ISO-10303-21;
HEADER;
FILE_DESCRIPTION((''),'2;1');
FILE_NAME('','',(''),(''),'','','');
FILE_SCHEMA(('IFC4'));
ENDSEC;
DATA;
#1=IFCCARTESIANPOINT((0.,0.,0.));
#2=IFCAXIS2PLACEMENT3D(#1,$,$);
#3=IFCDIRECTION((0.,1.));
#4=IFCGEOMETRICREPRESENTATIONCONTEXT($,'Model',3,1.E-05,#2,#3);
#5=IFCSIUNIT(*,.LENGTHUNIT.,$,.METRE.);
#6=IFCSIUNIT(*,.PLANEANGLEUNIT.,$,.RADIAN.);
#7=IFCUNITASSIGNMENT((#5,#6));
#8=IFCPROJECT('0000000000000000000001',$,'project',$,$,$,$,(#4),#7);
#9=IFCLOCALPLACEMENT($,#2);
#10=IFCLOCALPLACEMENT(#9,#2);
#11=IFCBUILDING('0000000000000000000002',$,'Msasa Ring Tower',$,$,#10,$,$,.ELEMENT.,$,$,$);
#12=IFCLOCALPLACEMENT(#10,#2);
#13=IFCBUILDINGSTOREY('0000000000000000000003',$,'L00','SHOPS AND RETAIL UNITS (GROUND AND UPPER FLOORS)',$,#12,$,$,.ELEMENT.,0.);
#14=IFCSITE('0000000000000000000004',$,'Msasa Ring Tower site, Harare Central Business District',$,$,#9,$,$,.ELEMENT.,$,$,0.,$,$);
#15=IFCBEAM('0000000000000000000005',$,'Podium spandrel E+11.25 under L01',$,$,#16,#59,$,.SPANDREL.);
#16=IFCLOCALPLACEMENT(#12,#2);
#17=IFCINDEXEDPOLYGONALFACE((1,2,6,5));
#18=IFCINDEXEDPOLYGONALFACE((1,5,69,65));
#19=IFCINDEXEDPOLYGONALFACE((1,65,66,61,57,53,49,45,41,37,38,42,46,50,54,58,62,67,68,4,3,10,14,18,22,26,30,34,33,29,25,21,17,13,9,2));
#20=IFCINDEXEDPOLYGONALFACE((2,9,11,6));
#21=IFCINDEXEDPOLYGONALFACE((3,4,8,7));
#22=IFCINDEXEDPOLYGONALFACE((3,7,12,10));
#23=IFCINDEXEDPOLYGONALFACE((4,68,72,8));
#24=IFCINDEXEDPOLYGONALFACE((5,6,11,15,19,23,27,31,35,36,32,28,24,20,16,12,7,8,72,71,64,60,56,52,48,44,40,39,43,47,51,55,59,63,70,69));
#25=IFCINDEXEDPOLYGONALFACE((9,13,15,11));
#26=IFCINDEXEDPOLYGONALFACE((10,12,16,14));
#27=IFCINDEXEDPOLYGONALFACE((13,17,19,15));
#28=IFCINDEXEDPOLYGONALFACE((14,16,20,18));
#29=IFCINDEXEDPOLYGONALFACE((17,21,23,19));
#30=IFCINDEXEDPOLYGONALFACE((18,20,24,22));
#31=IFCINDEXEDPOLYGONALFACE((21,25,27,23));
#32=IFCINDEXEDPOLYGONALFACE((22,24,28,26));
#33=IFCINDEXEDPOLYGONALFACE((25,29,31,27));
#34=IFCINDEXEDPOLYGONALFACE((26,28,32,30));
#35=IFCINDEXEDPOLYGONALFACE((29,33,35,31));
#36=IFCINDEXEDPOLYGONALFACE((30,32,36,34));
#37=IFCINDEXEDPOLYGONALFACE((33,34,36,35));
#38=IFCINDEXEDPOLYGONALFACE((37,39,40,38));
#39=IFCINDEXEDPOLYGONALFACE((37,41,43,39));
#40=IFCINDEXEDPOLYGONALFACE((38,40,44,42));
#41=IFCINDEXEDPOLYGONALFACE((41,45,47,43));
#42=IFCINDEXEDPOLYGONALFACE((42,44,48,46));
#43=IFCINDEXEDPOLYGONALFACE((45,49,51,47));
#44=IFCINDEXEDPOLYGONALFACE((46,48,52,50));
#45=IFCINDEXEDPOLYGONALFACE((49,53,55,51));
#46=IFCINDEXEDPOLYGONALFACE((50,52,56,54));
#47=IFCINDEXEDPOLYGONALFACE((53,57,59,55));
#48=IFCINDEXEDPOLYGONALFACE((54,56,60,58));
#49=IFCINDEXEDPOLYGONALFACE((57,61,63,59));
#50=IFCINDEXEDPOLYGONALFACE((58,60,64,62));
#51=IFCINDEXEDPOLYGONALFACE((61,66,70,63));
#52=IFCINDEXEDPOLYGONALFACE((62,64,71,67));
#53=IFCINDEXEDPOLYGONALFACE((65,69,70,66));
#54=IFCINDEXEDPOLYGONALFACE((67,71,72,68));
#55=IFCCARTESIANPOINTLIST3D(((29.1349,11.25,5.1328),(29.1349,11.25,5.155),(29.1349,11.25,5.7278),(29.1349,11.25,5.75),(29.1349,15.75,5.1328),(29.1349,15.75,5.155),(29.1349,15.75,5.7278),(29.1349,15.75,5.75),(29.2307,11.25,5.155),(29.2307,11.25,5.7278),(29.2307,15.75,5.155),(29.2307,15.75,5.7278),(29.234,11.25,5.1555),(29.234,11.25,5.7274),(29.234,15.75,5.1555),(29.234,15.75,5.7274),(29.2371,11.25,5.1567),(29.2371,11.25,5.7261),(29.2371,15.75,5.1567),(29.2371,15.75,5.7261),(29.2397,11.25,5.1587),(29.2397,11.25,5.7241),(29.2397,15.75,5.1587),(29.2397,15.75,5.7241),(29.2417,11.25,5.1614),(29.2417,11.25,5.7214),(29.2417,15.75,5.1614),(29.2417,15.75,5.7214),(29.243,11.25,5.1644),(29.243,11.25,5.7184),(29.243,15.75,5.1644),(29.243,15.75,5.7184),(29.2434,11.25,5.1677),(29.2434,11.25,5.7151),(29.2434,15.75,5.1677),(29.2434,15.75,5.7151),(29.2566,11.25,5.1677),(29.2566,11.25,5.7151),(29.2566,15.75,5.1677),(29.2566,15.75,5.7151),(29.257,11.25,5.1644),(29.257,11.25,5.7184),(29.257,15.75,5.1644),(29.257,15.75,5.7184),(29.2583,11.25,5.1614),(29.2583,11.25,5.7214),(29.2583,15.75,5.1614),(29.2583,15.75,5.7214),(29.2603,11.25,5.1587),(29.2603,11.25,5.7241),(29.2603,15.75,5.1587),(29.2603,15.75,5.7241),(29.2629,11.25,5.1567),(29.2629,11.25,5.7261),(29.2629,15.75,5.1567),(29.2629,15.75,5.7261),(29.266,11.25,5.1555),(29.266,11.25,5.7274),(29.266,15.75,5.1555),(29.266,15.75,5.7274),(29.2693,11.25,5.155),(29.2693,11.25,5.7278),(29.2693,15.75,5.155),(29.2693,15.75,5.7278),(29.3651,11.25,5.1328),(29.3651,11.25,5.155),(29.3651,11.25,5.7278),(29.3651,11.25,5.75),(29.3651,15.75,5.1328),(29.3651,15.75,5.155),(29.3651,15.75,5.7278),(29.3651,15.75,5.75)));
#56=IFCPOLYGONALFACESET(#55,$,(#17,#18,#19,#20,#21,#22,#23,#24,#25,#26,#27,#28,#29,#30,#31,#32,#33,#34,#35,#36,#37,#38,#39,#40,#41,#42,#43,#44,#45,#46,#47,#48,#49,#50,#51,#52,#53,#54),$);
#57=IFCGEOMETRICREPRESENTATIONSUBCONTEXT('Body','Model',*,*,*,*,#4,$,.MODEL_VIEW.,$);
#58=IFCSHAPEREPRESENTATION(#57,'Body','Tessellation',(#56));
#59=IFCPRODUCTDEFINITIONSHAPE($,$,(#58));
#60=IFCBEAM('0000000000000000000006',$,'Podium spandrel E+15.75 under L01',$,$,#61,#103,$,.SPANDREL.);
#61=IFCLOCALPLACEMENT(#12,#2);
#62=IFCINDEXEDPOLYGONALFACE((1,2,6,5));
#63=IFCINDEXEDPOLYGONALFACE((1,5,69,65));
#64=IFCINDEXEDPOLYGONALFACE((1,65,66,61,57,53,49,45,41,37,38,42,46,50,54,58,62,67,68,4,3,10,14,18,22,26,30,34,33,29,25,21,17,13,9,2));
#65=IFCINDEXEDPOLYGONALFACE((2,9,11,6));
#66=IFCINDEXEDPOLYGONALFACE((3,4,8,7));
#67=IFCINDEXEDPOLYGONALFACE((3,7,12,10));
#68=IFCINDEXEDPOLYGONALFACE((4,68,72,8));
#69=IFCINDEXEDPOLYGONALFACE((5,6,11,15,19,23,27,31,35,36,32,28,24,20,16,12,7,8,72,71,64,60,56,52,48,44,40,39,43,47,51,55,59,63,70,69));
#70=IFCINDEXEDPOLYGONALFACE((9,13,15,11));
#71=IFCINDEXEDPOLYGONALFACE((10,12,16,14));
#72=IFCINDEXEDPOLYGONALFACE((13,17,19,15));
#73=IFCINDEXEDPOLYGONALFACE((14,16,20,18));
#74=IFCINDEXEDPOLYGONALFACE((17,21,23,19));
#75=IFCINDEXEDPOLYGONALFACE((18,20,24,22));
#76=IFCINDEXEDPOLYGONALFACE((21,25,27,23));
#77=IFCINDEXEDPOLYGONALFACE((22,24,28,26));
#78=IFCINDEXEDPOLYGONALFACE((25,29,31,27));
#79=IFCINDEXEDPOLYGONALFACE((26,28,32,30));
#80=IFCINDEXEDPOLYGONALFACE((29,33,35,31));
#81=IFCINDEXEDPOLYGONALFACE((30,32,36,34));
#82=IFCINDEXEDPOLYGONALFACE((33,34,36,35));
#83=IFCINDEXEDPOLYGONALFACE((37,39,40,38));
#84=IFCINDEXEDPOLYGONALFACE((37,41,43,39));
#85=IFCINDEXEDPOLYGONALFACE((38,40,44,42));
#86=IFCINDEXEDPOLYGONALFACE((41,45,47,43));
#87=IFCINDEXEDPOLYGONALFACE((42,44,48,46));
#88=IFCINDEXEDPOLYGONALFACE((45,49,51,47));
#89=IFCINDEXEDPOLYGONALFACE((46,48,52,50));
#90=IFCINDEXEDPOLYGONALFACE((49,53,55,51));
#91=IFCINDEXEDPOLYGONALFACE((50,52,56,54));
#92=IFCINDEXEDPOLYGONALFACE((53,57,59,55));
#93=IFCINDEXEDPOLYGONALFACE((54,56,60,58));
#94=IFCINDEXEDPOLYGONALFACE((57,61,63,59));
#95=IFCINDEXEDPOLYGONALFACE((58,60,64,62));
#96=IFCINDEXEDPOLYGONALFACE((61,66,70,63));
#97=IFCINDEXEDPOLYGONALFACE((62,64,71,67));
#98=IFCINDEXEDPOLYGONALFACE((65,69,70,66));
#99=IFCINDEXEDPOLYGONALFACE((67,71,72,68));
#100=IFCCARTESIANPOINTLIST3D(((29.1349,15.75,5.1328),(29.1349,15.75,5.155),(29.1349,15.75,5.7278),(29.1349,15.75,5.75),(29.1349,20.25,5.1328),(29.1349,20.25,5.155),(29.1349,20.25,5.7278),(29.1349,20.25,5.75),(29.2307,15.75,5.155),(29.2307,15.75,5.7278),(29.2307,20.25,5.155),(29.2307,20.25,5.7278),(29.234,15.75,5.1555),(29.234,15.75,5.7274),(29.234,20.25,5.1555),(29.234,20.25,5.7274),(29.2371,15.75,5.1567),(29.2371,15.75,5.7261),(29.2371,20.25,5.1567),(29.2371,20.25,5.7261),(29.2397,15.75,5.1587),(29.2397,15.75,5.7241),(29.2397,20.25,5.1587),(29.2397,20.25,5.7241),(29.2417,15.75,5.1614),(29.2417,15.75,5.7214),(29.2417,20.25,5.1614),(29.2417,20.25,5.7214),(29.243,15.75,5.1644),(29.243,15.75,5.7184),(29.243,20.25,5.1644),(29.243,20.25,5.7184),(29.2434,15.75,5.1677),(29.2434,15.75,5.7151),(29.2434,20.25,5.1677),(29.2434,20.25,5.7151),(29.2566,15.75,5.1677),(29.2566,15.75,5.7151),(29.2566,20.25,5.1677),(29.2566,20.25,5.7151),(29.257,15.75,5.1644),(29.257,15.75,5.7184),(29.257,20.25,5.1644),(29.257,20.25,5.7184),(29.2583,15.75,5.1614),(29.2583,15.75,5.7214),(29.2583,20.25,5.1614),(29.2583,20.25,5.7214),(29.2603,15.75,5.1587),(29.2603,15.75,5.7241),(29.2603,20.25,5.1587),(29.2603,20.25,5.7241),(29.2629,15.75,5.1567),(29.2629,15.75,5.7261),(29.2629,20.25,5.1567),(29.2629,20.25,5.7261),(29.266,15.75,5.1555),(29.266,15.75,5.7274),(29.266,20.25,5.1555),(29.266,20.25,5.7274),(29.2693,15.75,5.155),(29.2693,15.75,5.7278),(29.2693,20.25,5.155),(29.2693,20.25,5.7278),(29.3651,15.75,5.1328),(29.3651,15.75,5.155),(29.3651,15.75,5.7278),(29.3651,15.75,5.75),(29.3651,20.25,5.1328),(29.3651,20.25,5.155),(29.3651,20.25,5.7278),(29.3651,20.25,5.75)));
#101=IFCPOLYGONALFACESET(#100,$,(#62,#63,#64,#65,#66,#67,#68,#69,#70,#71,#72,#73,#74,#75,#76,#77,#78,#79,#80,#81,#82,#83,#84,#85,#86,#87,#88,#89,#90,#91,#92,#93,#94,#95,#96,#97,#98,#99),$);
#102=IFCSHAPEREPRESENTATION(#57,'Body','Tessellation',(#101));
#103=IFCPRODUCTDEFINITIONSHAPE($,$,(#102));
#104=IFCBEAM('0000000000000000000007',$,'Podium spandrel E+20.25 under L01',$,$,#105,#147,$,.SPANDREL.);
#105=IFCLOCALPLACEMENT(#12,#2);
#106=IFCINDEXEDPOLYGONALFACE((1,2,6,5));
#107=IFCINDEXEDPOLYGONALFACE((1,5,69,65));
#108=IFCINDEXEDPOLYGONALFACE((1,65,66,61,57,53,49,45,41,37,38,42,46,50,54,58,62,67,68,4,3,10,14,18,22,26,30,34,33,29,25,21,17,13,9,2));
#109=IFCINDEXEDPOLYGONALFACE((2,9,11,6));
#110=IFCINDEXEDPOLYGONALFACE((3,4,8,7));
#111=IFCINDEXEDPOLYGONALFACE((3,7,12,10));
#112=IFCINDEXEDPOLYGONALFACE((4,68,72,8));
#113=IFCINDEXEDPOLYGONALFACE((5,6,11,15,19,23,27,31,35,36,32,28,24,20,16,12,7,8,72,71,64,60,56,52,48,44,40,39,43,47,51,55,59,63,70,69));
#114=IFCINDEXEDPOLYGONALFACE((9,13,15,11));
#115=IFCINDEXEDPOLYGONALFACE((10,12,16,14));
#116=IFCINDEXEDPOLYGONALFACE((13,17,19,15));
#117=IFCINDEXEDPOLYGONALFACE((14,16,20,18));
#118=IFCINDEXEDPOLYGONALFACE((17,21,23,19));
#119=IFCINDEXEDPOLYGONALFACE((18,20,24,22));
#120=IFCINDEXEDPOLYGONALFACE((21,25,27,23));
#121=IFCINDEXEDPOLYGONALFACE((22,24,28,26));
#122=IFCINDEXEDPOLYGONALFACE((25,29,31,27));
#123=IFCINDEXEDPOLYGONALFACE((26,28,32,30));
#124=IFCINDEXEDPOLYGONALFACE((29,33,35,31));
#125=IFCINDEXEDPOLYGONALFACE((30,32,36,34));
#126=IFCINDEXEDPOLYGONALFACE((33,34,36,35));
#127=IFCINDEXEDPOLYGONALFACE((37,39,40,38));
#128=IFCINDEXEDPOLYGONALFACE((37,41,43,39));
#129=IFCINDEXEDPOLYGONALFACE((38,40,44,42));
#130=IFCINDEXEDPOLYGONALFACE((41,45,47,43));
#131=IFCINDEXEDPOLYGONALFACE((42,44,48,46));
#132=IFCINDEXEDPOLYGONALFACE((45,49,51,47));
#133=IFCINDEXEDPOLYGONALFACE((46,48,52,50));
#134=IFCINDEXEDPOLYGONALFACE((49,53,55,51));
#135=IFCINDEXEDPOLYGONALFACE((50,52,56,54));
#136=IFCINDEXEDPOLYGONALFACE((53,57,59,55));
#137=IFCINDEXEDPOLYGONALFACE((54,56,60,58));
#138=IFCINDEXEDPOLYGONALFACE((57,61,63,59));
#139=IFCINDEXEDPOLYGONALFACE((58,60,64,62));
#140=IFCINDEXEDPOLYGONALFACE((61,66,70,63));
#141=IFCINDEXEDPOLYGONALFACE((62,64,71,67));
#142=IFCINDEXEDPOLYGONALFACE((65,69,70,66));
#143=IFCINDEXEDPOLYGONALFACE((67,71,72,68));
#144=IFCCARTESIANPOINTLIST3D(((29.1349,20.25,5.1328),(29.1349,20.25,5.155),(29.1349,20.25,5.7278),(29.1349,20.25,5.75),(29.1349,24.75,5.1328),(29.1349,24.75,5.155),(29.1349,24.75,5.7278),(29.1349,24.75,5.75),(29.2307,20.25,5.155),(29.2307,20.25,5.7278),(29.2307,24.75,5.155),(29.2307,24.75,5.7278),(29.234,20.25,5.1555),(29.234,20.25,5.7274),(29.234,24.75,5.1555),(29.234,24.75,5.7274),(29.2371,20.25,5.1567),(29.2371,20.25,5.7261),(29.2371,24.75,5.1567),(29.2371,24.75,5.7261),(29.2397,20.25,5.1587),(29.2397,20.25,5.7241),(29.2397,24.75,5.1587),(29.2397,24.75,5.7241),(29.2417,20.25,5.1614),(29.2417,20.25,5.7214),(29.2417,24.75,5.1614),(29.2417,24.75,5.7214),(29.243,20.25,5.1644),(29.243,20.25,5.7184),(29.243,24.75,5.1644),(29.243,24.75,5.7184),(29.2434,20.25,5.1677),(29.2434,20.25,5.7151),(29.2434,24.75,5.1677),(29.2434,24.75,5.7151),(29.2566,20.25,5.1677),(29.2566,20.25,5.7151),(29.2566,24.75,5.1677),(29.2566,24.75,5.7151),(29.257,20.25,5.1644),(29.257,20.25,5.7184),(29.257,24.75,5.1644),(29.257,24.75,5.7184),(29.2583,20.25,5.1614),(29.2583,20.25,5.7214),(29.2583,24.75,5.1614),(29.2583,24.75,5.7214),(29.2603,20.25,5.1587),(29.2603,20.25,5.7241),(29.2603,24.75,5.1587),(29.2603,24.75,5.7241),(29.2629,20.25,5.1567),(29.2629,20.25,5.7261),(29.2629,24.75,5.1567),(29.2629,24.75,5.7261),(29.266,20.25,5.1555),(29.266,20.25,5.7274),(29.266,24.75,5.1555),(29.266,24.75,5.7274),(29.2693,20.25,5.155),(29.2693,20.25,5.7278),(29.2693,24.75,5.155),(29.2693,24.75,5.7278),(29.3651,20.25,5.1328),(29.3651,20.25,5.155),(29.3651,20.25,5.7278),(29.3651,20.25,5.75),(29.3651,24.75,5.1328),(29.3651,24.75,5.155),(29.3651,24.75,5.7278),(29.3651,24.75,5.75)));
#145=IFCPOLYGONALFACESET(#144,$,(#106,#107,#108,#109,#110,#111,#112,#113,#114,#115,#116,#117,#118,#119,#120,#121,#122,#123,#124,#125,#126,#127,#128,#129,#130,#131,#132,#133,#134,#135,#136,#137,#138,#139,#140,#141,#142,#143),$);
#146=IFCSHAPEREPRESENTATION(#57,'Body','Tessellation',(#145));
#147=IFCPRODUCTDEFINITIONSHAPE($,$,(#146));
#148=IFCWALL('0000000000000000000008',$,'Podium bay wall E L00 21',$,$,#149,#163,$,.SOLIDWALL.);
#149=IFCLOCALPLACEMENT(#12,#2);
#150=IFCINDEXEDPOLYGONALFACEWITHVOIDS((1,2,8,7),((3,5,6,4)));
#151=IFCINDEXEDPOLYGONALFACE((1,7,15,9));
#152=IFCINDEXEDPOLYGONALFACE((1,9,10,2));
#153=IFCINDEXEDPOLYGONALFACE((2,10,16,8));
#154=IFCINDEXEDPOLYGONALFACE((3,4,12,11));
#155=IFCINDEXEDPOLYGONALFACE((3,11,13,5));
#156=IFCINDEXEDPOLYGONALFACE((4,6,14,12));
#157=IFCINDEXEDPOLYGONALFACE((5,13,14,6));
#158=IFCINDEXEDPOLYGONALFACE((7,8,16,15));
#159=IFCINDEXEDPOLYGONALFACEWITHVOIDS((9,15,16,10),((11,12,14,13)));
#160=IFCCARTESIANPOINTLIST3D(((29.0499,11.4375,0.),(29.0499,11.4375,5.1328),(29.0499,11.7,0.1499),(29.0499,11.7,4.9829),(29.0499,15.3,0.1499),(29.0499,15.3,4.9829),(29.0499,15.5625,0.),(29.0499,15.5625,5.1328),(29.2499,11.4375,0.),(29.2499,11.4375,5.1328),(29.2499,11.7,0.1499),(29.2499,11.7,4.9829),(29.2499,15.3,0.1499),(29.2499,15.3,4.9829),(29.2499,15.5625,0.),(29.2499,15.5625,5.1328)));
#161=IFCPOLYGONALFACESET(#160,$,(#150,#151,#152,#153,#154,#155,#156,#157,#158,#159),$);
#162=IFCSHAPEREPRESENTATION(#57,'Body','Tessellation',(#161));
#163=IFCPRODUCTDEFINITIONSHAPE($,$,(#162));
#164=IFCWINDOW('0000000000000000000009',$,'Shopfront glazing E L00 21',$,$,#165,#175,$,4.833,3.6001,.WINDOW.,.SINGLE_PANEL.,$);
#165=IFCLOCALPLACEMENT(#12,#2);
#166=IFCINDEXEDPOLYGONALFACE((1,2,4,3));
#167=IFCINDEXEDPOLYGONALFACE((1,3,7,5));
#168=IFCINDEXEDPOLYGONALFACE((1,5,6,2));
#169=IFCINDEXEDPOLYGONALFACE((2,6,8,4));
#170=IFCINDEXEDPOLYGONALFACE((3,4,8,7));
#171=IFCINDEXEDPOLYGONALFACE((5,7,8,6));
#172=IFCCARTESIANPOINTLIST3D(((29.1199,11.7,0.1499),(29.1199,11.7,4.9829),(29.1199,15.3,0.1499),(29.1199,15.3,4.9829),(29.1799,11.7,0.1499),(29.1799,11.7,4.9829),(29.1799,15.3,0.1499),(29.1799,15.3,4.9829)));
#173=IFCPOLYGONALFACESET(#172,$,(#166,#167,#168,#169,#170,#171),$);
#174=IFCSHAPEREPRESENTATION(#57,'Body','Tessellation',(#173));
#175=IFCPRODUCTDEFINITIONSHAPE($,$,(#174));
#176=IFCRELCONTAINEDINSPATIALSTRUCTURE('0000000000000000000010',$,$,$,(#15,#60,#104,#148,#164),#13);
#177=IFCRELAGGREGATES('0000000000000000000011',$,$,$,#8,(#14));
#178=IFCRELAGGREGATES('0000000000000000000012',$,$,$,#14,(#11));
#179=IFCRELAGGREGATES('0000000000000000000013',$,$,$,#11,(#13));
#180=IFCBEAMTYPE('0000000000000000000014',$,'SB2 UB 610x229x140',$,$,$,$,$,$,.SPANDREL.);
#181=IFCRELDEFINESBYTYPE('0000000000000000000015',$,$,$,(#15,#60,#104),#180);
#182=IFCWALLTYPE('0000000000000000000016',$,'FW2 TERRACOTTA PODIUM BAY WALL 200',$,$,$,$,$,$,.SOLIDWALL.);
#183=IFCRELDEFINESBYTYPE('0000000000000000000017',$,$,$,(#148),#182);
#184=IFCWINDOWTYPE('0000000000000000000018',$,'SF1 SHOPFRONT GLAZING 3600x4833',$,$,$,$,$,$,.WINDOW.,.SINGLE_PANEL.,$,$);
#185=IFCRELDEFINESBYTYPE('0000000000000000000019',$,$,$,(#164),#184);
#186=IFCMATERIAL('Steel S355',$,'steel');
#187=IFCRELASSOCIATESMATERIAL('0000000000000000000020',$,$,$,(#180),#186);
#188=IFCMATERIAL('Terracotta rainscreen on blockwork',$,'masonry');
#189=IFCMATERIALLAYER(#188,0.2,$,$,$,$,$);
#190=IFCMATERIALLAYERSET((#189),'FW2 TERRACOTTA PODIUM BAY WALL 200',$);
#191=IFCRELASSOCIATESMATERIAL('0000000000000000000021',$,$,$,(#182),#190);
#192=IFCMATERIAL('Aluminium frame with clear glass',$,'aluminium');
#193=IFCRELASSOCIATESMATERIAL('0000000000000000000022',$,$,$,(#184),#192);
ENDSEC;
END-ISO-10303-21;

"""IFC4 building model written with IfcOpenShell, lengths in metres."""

from ifc_helpers import new_model, si_unit, direction, frame, frame_2d, origin, origin_2d, place, context, subcontext, project, spatial, rectangle, i_section, extrude, material, layer, layer_set, material_profile, profile_set, type_object, element, fill, save


model = new_model("IFC4")

# Units and contexts
model_context = context("Model", 3, precision=1e-05, world=origin(), true_north=direction((0.0, 1.0)))
body_context = subcontext(model_context, "Body", "Model", "MODEL_VIEW")
ifc_project = project(units=[si_unit("LENGTHUNIT", "METRE"), si_unit("PLANEANGLEUNIT", "RADIAN")], contexts=[model_context])

# Site, building, storey
site_placement = place(None, origin())
site = spatial("IfcSite", under=ifc_project, at=site_placement, Name="Msasa Ring Tower site, Harare Central Business District", CompositionType="ELEMENT", RefElevation=0.0)
building_placement = place(site_placement, origin())
building = spatial("IfcBuilding", under=site, at=building_placement, Name="Msasa Ring Tower", CompositionType="ELEMENT")
storey_placement = place(building_placement, origin())
storey = spatial("IfcBuildingStorey", under=building, at=storey_placement, Name="L00", Description="SHOPS AND RETAIL UNITS (GROUND AND UPPER FLOORS)", CompositionType="ELEMENT", Elevation=0.0)

# Beams
ifc_material_1 = material(Name="Steel S355", Category="steel")
ifc_material_profile_1 = material_profile(ifc_material_1, i_section(OverallWidth=0.2302, OverallDepth=0.6172, WebThickness=0.0132, FlangeThickness=0.0222, FilletRadius=0.0127, at=origin_2d()), Name="UB 610x229x140")
ifc_profile_set_1 = profile_set([ifc_material_profile_1], Name="Steel S355")
beam_type_1 = type_object("IfcBeamType", Name="SB2 UB 610x229x140", PredefinedType="SPANDREL", material=ifc_profile_set_1)
for number, where, z_axis, x_axis, name in (
    (1, (29.25, 11.25, 5.4414), (0.0, 1.0, 0.0), (-1.0, 0.0, 0.0), "Podium spandrel E+11.25 under L01"),
    (2, (29.25, 15.75, 5.4414), (0.0, 1.0, 0.0), (-1.0, 0.0, 0.0), "Podium spandrel E+15.75 under L01"),
    (3, (29.25, 20.25, 5.4414), (0.0, 1.0, 0.0), (-1.0, 0.0, 0.0), "Podium spandrel E+20.25 under L01"),
):
    element("IfcBeam", number, at=place(storey_placement, frame(where, z_axis=z_axis, x_axis=x_axis)), inside=storey, type_object=beam_type_1, Name=name, PredefinedType="SPANDREL", context=body_context, shape_type="SweptSolid", body=[
        extrude(i_section(OverallWidth=0.2302, OverallDepth=0.6172, WebThickness=0.0132, FlangeThickness=0.0222, FilletRadius=0.0127, at=origin_2d()), origin(), (0.0, 0.0, 1.0), 4.5),
    ])

# Wall, opening, window
ifc_material_2 = material(Name="Terracotta rainscreen on blockwork", Category="masonry")
ifc_layer_1 = layer(ifc_material_2, 0.2)
ifc_layer_set_1 = layer_set([ifc_layer_1], Name="FW2 TERRACOTTA PODIUM BAY WALL 200")
wall_type_1 = type_object("IfcWallType", Name="FW2 TERRACOTTA PODIUM BAY WALL 200", PredefinedType="SOLIDWALL", material=ifc_layer_set_1)
wall_1_placement = place(storey_placement, frame((29.1499, 11.4375, 0.0), z_axis=(0.0, 0.0, 1.0), x_axis=(0.0, 1.0, 0.0)))
wall_1 = element("IfcWall", 4, at=wall_1_placement, inside=storey, type_object=wall_type_1, Name="Podium bay wall E L00 21", PredefinedType="SOLIDWALL", context=body_context, shape_type="SweptSolid", body=[
    extrude(rectangle(XDim=4.125, YDim=0.2, at=frame_2d((2.0625, 0.0))), origin(), (0.0, 0.0, 1.0), 5.1328),
])
opening_1_placement = place(wall_1_placement, frame((0.2625, 0.0, 0.1499)))
opening_1 = element("IfcOpeningElement", 5, at=opening_1_placement, cuts=wall_1, PredefinedType="OPENING", context=body_context, shape_type="SweptSolid", body=[
    extrude(rectangle(XDim=3.6001, YDim=4.833, at=frame_2d((1.8, 2.4165))), frame((0.0, 0.1099, 0.0), z_axis=(0.0, -1.0, 0.0), x_axis=(1.0, 0.0, 0.0)), (0.0, 0.0, 1.0), 0.22),
])
ifc_material_3 = material(Name="Aluminium frame with clear glass", Category="aluminium")
window_type = type_object("IfcWindowType", Name="SF1 SHOPFRONT GLAZING 3600x4833", PartitioningType="SINGLE_PANEL", PredefinedType="WINDOW", material=ifc_material_3)
window_1_placement = place(opening_1_placement, origin())
window_1 = element("IfcWindow", 6, at=window_1_placement, inside=storey, type_object=window_type, Name="Shopfront glazing E L00 21", OverallHeight=4.833, OverallWidth=3.6001, PartitioningType="SINGLE_PANEL", PredefinedType="WINDOW", context=body_context, shape_type="SweptSolid", body=[
    extrude(rectangle(XDim=3.6001, YDim=4.833, at=frame_2d((1.8, 2.4165))), frame((0.0, 0.03, 0.0), z_axis=(0.0, -1.0, 0.0), x_axis=(1.0, 0.0, 0.0)), (0.0, 0.0, 1.0), 0.0601),
])
fill(opening_1, window_1)

save(model, "model.ifc")
